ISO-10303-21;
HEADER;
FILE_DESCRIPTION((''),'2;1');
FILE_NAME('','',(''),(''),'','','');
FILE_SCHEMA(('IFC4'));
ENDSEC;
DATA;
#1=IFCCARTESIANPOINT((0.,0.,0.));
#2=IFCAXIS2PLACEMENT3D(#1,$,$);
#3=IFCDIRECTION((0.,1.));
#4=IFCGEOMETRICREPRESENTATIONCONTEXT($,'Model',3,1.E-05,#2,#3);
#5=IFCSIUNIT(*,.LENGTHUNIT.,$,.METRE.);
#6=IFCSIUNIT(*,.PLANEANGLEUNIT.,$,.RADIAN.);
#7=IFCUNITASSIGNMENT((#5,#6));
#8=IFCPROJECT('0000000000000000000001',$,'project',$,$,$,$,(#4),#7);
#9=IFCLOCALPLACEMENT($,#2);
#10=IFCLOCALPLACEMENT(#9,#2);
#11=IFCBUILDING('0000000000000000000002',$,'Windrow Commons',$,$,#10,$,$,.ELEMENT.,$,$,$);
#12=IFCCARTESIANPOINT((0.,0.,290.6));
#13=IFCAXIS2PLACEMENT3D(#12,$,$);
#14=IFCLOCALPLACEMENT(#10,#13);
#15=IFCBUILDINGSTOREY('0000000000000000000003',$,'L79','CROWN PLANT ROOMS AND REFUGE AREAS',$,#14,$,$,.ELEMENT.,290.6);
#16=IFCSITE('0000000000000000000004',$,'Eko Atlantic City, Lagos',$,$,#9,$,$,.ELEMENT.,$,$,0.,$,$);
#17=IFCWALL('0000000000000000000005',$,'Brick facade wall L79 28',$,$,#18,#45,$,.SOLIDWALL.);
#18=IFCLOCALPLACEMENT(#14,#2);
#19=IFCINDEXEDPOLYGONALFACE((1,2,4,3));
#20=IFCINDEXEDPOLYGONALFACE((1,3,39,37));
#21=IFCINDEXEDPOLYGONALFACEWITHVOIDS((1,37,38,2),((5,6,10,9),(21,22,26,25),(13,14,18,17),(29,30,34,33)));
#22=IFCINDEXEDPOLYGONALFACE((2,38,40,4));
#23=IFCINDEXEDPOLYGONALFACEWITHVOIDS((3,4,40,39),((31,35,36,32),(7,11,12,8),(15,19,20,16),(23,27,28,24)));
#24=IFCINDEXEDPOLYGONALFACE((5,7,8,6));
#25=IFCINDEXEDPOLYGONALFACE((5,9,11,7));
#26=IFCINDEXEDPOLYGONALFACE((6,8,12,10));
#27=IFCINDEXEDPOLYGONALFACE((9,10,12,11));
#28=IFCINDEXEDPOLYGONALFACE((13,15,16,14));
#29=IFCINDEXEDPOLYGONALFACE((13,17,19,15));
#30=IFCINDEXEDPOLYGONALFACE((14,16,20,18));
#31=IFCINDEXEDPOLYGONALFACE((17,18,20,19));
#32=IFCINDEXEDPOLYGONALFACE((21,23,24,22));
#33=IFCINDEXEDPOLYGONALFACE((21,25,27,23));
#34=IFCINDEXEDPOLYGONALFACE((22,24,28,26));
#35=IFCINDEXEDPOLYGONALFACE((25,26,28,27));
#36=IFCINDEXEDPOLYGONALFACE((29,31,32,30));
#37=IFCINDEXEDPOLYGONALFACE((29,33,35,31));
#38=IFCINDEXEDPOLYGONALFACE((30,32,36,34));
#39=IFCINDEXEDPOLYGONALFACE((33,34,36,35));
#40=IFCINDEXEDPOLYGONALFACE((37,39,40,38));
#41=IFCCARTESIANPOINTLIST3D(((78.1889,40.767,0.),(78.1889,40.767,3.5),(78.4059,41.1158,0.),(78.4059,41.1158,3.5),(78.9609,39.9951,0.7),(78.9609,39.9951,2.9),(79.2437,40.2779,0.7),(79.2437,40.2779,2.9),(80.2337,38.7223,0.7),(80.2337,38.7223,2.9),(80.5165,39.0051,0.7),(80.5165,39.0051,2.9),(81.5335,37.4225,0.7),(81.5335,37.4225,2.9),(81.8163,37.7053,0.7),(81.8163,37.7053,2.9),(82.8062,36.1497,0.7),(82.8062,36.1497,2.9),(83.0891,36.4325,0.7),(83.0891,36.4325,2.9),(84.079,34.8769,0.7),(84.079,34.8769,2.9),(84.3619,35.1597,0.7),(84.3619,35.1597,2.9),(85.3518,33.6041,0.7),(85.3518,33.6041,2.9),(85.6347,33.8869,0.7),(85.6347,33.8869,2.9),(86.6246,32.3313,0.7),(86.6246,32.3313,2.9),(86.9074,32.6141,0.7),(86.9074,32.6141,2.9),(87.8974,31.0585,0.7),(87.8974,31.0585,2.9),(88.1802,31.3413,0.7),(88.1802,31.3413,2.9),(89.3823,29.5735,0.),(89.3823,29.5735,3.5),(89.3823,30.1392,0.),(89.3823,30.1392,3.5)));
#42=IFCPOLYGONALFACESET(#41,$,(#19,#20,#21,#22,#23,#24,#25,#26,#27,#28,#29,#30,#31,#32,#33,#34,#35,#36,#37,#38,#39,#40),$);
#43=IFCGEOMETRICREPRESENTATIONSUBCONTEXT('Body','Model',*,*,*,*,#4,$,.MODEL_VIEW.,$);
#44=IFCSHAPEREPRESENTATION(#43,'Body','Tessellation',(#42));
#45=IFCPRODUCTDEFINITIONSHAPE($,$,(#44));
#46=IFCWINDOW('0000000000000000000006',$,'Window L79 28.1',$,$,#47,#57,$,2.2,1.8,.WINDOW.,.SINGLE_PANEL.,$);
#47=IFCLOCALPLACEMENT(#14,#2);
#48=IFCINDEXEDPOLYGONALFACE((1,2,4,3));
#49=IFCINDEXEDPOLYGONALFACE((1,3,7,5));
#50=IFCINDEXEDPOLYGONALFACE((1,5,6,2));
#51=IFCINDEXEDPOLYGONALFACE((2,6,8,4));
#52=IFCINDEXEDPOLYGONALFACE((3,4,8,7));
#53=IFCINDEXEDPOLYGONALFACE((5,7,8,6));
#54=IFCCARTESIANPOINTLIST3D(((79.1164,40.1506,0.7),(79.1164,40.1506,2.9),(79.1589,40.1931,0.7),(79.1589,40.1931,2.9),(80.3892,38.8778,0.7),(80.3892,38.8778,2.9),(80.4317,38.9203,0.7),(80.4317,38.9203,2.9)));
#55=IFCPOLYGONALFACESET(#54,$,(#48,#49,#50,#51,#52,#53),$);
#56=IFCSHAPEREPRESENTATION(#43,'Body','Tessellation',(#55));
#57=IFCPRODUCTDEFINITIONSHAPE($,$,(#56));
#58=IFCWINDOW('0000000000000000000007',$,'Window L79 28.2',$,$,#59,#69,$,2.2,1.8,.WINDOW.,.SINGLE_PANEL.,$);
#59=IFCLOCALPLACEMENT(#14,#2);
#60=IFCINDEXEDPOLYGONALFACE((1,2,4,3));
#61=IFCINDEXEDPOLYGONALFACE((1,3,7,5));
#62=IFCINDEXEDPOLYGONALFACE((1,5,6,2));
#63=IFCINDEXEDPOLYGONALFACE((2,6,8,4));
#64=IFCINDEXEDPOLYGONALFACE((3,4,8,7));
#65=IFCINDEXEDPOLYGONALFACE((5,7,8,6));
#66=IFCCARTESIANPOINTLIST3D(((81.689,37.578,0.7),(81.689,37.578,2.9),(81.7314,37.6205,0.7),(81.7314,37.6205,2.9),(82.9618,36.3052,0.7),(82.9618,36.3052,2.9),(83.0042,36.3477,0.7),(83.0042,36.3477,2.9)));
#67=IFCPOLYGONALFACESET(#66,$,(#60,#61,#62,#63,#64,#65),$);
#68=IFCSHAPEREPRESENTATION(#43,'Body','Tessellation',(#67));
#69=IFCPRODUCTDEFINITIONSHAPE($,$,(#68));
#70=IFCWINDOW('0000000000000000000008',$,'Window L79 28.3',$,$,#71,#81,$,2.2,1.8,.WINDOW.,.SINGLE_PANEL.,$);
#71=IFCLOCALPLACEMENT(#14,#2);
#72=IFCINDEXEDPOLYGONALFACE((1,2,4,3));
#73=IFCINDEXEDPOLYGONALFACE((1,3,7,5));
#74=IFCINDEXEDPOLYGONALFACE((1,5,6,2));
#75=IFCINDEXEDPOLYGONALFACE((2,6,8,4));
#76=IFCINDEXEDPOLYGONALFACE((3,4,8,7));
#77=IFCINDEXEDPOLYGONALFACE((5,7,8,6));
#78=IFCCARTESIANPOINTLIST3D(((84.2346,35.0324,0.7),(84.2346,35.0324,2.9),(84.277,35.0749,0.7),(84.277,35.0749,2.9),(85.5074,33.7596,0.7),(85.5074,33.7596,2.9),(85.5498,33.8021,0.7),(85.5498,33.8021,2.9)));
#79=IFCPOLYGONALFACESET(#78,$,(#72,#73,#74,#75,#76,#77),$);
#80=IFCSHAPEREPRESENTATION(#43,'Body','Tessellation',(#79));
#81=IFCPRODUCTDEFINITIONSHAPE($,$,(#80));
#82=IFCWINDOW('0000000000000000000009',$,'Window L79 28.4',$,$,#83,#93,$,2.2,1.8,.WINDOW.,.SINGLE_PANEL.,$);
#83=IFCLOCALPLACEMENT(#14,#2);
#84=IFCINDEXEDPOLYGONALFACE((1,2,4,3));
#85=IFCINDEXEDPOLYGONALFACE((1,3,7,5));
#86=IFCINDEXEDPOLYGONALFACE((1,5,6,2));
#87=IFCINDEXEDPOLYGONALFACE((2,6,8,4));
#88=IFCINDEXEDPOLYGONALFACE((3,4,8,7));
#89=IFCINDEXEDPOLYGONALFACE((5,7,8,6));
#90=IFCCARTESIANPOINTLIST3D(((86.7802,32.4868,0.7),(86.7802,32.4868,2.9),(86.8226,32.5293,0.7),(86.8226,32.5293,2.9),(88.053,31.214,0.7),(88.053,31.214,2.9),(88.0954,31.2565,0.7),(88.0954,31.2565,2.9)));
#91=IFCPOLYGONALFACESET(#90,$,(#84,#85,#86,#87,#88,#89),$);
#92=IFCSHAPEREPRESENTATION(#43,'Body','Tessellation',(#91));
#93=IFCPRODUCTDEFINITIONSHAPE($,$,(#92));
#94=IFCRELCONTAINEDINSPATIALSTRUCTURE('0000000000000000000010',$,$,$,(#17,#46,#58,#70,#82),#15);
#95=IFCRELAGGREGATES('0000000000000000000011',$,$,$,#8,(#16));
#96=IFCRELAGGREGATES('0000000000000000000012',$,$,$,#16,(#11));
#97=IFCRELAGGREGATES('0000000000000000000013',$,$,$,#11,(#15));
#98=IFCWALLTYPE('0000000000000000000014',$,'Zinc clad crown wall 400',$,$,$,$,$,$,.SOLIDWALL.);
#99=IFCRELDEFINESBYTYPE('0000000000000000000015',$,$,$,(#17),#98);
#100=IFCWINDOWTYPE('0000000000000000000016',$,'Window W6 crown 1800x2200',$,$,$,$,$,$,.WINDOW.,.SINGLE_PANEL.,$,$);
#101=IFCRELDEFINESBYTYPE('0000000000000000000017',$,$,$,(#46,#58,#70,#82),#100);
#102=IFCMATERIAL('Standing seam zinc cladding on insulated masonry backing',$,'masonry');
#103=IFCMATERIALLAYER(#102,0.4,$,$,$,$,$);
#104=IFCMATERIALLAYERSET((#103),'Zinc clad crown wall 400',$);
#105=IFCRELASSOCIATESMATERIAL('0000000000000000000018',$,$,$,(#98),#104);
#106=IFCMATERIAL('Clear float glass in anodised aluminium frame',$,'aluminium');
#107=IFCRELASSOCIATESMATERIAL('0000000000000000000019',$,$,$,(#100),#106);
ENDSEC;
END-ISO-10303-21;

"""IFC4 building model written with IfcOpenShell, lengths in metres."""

from ifc_helpers import new_model, si_unit, direction, frame, frame_2d, origin, place, context, subcontext, project, spatial, polyline, rectangle, outline, extrude, material, layer, layer_set, type_object, element, fill, save


model = new_model("IFC4")

# Units and contexts
model_context = context("Model", 3, precision=1e-05, world=origin(), true_north=direction((0.0, 1.0)))
body_context = subcontext(model_context, "Body", "Model", "MODEL_VIEW")
ifc_project = project(units=[si_unit("LENGTHUNIT", "METRE"), si_unit("PLANEANGLEUNIT", "RADIAN")], contexts=[model_context])

# Site, building, storey
site_placement = place(None, origin())
site = spatial("IfcSite", under=ifc_project, at=site_placement, Name="Eko Atlantic City, Lagos", CompositionType="ELEMENT", RefElevation=0.0)
building_placement = place(site_placement, origin())
building = spatial("IfcBuilding", under=site, at=building_placement, Name="Windrow Commons", CompositionType="ELEMENT")
storey_placement = place(building_placement, frame((0.0, 0.0, 290.6)))
storey = spatial("IfcBuildingStorey", under=building, at=storey_placement, Name="L79", Description="CROWN PLANT ROOMS AND REFUGE AREAS", CompositionType="ELEMENT", Elevation=290.6)

# Shared definitions
ifc_material_1 = material(Name="Standing seam zinc cladding on insulated masonry backing", Category="masonry")
ifc_layer_1 = layer(ifc_material_1, 0.4)
ifc_layer_set_1 = layer_set([ifc_layer_1], Name="Zinc clad crown wall 400")
wall_type_1 = type_object("IfcWallType", Name="Zinc clad crown wall 400", PredefinedType="SOLIDWALL", material=ifc_layer_set_1)
ifc_material_2 = material(Name="Clear float glass in anodised aluminium frame", Category="aluminium")
window_type = type_object("IfcWindowType", Name="Window W6 crown 1800x2200", PartitioningType="SINGLE_PANEL", PredefinedType="WINDOW", material=ifc_material_2)

# Wall, openings, windows
wall_1_placement = place(storey_placement, frame((78.2974, 40.9414, 0.0), z_axis=(0.0, 0.0, 1.0), x_axis=(0.707104, -0.70711, 0.0)))
wall_1 = element("IfcWall", 1, at=wall_1_placement, inside=storey, type_object=wall_type_1, Name="Brick facade wall L79 28", PredefinedType="SOLIDWALL", context=body_context, shape_type="SweptSolid", body=[
    extrude(outline(polyline([(0.0466, -0.2), (15.8765, -0.2), (15.4765, 0.2), (-0.0466, 0.2), (0.0466, -0.2)])), origin(), (0.0, 0.0, 1.0), 3.5),
])
opening_1_placement = place(wall_1_placement, frame((1.1383, 0.0, 0.7)))
opening_1 = element("IfcOpeningElement", 2, at=opening_1_placement, cuts=wall_1, PredefinedType="OPENING", context=body_context, shape_type="SweptSolid", body=[
    extrude(rectangle(XDim=1.8, YDim=2.2, at=frame_2d((0.9, 1.1))), frame((0.0, 0.21, 0.0), z_axis=(0.0, -1.0, 0.0), x_axis=(1.0, 0.0, 0.0)), (0.0, 0.0, 1.0), 0.42),
])
opening_2_placement = place(wall_1_placement, frame((4.7765, 0.0, 0.7)))
opening_2 = element("IfcOpeningElement", 3, at=opening_2_placement, cuts=wall_1, PredefinedType="OPENING", context=body_context, shape_type="SweptSolid", body=[
    extrude(rectangle(XDim=1.8, YDim=2.2, at=frame_2d((0.9, 1.1))), frame((0.0, 0.21, 0.0), z_axis=(0.0, -1.0, 0.0), x_axis=(1.0, 0.0, 0.0)), (0.0, 0.0, 1.0), 0.42),
])
opening_3_placement = place(wall_1_placement, frame((8.3765, 0.0, 0.7)))
opening_3 = element("IfcOpeningElement", 4, at=opening_3_placement, cuts=wall_1, PredefinedType="OPENING", context=body_context, shape_type="SweptSolid", body=[
    extrude(rectangle(XDim=1.8, YDim=2.2, at=frame_2d((0.9, 1.1))), frame((0.0, 0.21, 0.0), z_axis=(0.0, -1.0, 0.0), x_axis=(1.0, 0.0, 0.0)), (0.0, 0.0, 1.0), 0.42),
])
opening_4_placement = place(wall_1_placement, frame((11.9765, 0.0, 0.7)))
opening_4 = element("IfcOpeningElement", 5, at=opening_4_placement, cuts=wall_1, PredefinedType="OPENING", context=body_context, shape_type="SweptSolid", body=[
    extrude(rectangle(XDim=1.8, YDim=2.2, at=frame_2d((0.9, 1.1))), frame((0.0, 0.21, 0.0), z_axis=(0.0, -1.0, 0.0), x_axis=(1.0, 0.0, 0.0)), (0.0, 0.0, 1.0), 0.42),
])
window_1_placement = place(opening_1_placement, origin())
window_1 = element("IfcWindow", 6, at=window_1_placement, inside=storey, type_object=window_type, Name="Window L79 28.1", OverallHeight=2.2, OverallWidth=1.8, PartitioningType="SINGLE_PANEL", PredefinedType="WINDOW", context=body_context, shape_type="SweptSolid", body=[
    extrude(rectangle(XDim=1.8, YDim=2.2, at=frame_2d((0.9, 1.1))), frame((0.0, 0.08, 0.0), z_axis=(0.0, -1.0, 0.0), x_axis=(1.0, 0.0, 0.0)), (0.0, 0.0, 1.0), 0.06),
])
fill(opening_1, window_1)
window_2_placement = place(opening_2_placement, origin())
window_2 = element("IfcWindow", 7, at=window_2_placement, inside=storey, type_object=window_type, Name="Window L79 28.2", OverallHeight=2.2, OverallWidth=1.8, PartitioningType="SINGLE_PANEL", PredefinedType="WINDOW", context=body_context, shape_type="SweptSolid", body=[
    extrude(rectangle(XDim=1.8, YDim=2.2, at=frame_2d((0.9, 1.1))), frame((0.0, 0.08, 0.0), z_axis=(0.0, -1.0, 0.0), x_axis=(1.0, 0.0, 0.0)), (0.0, 0.0, 1.0), 0.06),
])
fill(opening_2, window_2)
window_3_placement = place(opening_3_placement, origin())
window_3 = element("IfcWindow", 8, at=window_3_placement, inside=storey, type_object=window_type, Name="Window L79 28.3", OverallHeight=2.2, OverallWidth=1.8, PartitioningType="SINGLE_PANEL", PredefinedType="WINDOW", context=body_context, shape_type="SweptSolid", body=[
    extrude(rectangle(XDim=1.8, YDim=2.2, at=frame_2d((0.9, 1.1))), frame((0.0, 0.08, 0.0), z_axis=(0.0, -1.0, 0.0), x_axis=(1.0, 0.0, 0.0)), (0.0, 0.0, 1.0), 0.06),
])
fill(opening_3, window_3)
window_4_placement = place(opening_4_placement, origin())
window_4 = element("IfcWindow", 9, at=window_4_placement, inside=storey, type_object=window_type, Name="Window L79 28.4", OverallHeight=2.2, OverallWidth=1.8, PartitioningType="SINGLE_PANEL", PredefinedType="WINDOW", context=body_context, shape_type="SweptSolid", body=[
    extrude(rectangle(XDim=1.8, YDim=2.2, at=frame_2d((0.9, 1.1))), frame((0.0, 0.08, 0.0), z_axis=(0.0, -1.0, 0.0), x_axis=(1.0, 0.0, 0.0)), (0.0, 0.0, 1.0), 0.06),
])
fill(opening_4, window_4)

save(model, "model.ifc")
